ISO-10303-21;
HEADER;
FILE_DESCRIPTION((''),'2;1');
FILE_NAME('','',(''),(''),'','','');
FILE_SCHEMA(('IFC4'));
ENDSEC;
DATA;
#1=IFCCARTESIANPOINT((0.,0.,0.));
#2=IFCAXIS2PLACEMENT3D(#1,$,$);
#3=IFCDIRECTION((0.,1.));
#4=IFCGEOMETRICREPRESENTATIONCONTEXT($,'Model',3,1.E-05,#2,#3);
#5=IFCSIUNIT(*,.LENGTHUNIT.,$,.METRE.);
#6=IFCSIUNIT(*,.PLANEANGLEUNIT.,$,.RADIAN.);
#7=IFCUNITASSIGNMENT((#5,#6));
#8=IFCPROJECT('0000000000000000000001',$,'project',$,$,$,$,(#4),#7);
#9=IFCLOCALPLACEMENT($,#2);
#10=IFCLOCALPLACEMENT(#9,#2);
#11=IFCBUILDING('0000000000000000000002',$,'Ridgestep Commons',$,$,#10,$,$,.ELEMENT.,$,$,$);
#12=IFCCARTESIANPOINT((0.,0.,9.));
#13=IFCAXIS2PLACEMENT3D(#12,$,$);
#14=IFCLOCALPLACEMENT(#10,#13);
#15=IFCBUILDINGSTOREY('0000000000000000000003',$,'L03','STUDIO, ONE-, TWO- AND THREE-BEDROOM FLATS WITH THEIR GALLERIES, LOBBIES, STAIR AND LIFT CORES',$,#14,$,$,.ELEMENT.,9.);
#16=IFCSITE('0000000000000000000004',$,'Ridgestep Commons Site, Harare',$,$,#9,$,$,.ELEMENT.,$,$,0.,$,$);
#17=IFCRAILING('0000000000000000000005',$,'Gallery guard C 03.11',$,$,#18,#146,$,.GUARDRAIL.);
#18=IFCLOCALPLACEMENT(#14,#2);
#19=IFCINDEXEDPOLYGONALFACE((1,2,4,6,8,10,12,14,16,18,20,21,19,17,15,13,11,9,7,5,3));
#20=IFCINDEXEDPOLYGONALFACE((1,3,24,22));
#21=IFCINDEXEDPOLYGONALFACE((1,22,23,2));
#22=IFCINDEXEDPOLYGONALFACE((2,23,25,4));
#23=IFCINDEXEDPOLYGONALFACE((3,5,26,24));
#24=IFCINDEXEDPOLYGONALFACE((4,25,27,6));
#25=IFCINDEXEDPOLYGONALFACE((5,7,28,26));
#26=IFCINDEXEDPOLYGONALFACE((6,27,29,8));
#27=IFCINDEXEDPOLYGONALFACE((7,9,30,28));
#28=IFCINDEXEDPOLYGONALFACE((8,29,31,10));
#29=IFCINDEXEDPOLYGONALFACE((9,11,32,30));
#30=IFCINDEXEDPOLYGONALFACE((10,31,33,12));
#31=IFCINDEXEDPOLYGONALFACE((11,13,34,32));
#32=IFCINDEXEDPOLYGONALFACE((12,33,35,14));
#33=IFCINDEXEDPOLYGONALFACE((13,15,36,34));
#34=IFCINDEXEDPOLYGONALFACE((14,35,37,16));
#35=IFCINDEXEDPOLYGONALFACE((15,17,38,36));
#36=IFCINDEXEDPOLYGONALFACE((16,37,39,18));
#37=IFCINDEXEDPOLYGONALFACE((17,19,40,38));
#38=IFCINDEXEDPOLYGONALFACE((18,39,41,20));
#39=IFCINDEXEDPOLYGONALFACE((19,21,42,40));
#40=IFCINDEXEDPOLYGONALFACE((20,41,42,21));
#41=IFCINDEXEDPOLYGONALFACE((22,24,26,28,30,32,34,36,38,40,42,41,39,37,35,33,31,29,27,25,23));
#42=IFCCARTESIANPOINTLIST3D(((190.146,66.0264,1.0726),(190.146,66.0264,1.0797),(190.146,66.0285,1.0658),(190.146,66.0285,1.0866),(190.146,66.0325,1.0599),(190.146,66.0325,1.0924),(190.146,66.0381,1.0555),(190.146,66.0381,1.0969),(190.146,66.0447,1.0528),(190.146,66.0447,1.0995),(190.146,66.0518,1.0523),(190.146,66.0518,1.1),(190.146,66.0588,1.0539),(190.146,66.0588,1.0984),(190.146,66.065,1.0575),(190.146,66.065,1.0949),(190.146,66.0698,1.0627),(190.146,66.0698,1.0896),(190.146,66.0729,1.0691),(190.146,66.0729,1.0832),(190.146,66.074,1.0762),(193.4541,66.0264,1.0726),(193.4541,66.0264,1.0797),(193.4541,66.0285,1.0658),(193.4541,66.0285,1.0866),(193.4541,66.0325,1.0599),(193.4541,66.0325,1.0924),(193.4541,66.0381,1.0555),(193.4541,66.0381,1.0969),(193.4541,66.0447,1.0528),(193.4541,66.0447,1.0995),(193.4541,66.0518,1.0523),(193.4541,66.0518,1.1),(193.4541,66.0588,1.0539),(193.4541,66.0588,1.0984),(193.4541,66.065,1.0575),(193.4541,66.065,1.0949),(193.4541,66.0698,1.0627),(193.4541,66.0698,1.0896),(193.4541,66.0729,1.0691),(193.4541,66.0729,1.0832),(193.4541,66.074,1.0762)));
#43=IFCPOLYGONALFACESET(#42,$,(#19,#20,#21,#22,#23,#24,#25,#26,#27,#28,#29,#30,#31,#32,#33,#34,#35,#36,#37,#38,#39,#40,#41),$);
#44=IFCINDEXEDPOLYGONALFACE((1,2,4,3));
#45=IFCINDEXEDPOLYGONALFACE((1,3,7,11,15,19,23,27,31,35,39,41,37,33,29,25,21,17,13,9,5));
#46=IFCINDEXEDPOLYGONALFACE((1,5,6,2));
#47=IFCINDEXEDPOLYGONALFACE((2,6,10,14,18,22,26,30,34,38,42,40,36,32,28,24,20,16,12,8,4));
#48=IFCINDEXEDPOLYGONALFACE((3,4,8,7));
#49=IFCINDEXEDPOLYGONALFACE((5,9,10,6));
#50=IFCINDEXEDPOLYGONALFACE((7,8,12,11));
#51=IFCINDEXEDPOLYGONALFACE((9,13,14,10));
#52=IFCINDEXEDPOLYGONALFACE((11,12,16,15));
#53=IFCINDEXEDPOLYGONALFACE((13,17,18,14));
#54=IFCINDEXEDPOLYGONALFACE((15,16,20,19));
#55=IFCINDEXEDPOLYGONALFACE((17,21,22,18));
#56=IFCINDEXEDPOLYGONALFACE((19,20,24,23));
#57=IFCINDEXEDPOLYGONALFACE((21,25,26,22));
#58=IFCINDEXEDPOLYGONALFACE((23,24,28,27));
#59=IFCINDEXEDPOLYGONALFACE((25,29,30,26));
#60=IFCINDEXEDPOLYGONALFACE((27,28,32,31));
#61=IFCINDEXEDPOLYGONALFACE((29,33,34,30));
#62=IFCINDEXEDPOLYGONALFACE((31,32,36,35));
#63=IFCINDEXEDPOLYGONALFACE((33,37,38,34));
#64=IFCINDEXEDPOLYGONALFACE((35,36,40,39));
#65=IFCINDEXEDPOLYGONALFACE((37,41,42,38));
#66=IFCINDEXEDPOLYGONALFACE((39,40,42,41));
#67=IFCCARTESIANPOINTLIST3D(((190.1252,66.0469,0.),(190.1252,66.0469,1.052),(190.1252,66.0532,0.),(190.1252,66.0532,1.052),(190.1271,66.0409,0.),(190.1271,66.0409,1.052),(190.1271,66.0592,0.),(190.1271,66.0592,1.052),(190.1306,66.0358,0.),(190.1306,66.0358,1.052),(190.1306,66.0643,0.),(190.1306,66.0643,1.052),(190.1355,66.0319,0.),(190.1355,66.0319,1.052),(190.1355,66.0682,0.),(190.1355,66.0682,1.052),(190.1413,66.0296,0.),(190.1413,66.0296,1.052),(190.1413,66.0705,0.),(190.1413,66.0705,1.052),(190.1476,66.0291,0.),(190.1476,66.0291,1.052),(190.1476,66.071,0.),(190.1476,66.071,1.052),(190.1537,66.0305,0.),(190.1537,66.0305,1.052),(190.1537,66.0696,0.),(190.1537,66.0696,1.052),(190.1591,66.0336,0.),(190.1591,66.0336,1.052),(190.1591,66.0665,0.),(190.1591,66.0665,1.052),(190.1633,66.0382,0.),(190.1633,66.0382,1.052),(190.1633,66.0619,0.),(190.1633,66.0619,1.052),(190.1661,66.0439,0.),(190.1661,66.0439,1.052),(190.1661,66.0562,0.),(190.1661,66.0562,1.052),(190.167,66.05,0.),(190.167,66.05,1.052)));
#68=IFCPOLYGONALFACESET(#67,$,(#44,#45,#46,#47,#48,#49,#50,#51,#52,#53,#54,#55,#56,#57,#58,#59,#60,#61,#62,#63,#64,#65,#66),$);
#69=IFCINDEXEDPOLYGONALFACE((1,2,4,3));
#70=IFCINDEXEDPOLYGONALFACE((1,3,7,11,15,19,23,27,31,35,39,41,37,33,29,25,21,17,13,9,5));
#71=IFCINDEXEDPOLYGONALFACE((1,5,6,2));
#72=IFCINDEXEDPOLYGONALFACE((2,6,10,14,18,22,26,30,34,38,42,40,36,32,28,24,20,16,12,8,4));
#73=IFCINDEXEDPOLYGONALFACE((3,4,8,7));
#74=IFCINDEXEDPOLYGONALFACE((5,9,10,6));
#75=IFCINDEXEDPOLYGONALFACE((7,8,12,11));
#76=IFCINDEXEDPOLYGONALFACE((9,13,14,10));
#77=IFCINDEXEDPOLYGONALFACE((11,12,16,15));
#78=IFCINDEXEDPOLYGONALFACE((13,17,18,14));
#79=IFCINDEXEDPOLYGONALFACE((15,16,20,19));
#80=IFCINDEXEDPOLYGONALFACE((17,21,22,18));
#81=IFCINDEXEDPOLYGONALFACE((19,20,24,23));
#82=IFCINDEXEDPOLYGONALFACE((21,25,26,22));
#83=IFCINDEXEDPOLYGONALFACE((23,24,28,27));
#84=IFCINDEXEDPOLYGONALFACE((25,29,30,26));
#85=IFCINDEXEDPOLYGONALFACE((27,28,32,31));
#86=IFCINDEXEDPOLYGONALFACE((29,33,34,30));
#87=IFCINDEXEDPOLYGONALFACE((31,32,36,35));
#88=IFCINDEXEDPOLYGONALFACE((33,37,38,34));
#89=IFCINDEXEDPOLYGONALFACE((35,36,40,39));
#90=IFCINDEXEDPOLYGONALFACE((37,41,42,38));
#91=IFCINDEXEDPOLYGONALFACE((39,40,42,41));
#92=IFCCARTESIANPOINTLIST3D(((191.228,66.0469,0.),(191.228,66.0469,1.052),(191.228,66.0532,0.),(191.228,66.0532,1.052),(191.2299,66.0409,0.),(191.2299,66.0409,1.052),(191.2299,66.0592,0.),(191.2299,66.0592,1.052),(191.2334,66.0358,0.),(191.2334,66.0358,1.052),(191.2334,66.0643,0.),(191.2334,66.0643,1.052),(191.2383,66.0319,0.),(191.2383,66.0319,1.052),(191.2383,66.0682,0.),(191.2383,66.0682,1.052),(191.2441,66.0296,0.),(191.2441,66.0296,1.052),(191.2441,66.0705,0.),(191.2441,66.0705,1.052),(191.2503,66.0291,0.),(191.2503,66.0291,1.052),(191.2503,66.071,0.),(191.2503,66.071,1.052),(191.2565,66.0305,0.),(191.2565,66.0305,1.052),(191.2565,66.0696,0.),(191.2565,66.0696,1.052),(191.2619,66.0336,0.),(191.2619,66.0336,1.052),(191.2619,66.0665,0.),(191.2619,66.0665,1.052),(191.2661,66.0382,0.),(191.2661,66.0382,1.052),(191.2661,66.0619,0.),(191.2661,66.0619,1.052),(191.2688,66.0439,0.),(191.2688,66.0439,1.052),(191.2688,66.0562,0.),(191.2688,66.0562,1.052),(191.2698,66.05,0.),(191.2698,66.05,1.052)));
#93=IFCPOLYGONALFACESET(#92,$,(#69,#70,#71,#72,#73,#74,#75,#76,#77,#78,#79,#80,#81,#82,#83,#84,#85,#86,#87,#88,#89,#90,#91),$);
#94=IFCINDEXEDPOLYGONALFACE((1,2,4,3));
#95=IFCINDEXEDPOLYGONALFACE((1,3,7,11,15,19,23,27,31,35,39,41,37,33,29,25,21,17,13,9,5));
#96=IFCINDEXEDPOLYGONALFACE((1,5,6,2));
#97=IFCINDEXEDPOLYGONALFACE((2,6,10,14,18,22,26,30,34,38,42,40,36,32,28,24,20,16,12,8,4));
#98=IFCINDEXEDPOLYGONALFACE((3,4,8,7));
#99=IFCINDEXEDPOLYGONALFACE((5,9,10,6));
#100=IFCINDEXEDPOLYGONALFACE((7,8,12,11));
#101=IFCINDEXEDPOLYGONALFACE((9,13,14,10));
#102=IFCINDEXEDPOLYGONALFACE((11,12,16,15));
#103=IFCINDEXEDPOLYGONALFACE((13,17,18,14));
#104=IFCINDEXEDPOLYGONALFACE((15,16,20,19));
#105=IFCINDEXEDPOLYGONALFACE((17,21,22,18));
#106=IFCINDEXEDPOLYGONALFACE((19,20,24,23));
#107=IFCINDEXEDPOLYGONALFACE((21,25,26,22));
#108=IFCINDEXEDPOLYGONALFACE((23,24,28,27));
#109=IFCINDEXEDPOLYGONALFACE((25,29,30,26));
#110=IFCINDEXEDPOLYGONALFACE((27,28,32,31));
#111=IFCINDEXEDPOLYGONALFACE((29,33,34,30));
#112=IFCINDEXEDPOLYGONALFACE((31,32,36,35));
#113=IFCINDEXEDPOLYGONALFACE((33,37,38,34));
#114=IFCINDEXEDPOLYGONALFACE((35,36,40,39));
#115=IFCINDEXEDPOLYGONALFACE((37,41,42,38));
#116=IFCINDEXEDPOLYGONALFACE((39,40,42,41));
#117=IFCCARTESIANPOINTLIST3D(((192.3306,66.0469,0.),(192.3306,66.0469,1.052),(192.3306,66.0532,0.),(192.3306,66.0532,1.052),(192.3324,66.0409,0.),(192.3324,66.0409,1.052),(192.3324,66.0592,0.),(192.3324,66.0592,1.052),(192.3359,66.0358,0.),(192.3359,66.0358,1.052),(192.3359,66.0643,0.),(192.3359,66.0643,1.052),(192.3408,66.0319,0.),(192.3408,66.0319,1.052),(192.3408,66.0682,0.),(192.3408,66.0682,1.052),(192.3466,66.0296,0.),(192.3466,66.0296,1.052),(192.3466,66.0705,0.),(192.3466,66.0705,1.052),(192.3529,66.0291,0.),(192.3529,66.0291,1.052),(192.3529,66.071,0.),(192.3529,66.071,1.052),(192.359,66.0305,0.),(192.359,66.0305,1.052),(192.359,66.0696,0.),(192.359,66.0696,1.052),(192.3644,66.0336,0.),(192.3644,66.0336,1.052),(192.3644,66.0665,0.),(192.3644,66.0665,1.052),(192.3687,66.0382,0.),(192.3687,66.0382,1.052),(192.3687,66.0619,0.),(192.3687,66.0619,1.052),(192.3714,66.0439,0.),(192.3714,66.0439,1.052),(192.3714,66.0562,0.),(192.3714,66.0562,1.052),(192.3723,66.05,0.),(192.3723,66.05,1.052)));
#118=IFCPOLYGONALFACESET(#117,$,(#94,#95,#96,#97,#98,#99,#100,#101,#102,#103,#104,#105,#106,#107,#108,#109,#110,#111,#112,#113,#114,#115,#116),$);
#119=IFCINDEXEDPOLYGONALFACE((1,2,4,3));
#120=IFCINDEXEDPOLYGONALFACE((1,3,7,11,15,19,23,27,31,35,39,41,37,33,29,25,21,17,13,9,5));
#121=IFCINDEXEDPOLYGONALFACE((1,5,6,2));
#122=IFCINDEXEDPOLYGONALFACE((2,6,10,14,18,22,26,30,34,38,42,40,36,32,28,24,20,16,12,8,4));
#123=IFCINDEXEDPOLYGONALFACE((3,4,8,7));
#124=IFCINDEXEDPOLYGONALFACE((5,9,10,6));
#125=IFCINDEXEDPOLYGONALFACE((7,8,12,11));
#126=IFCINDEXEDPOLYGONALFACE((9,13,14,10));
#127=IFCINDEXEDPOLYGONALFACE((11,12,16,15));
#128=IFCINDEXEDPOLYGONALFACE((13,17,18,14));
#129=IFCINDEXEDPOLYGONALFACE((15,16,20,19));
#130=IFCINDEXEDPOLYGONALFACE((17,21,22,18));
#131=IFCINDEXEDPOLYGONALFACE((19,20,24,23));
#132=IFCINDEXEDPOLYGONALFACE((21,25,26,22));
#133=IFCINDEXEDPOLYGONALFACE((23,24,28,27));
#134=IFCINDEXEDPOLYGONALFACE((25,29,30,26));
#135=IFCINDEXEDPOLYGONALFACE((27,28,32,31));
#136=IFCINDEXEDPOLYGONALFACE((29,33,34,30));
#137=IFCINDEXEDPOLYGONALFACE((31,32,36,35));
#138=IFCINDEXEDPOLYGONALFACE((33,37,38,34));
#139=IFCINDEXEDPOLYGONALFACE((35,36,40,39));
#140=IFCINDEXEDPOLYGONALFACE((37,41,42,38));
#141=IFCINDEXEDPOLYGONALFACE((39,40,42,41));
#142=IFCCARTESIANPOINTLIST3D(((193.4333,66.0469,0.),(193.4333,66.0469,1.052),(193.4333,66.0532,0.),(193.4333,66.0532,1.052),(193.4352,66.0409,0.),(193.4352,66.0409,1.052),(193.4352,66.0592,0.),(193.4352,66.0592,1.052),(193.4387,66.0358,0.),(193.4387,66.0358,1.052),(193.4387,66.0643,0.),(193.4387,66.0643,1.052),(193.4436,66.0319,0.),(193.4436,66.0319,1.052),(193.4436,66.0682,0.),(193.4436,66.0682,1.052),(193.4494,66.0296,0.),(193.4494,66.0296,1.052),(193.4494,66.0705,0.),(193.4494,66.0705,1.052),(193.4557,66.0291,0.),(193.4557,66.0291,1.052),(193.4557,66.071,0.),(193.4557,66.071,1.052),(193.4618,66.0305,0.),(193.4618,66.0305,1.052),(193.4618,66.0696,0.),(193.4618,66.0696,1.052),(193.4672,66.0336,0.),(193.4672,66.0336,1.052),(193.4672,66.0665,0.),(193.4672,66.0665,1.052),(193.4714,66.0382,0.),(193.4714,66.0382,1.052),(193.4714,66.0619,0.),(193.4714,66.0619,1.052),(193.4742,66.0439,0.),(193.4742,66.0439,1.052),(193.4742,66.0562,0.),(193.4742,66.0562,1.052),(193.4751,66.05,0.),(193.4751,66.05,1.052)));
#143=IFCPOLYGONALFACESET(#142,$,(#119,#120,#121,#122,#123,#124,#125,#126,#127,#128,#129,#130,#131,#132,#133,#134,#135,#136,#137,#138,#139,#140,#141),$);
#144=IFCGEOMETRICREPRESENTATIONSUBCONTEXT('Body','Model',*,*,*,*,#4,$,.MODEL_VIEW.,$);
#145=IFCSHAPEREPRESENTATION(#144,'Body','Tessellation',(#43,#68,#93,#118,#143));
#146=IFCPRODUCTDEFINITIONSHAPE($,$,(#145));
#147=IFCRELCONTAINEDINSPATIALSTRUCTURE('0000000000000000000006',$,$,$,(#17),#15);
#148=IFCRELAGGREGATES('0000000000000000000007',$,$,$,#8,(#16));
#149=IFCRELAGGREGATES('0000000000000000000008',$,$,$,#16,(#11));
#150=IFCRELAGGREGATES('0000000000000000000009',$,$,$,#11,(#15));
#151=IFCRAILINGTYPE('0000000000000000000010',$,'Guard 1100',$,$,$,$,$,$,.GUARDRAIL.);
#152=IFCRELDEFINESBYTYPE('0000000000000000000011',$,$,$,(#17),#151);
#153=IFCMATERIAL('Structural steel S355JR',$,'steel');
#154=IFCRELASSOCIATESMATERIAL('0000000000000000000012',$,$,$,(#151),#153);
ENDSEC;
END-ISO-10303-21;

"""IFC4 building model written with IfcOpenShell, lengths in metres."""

from ifc_helpers import new_model, si_unit, direction, frame, origin, origin_2d, place, context, subcontext, project, spatial, circle, extrude, material, type_object, element, save


model = new_model("IFC4")

# Units and contexts
model_context = context("Model", 3, precision=1e-05, world=origin(), true_north=direction((0.0, 1.0)))
body_context = subcontext(model_context, "Body", "Model", "MODEL_VIEW")
ifc_project = project(units=[si_unit("LENGTHUNIT", "METRE"), si_unit("PLANEANGLEUNIT", "RADIAN")], contexts=[model_context])

# Site, building, storey
site_placement = place(None, origin())
site = spatial("IfcSite", under=ifc_project, at=site_placement, Name="Ridgestep Commons Site, Harare", CompositionType="ELEMENT", RefElevation=0.0)
building_placement = place(site_placement, origin())
building = spatial("IfcBuilding", under=site, at=building_placement, Name="Ridgestep Commons", CompositionType="ELEMENT")
storey_placement = place(building_placement, frame((0.0, 0.0, 9.0)))
storey = spatial("IfcBuildingStorey", under=building, at=storey_placement, Name="L03", Description="STUDIO, ONE-, TWO- AND THREE-BEDROOM FLATS WITH THEIR GALLERIES, LOBBIES, STAIR AND LIFT CORES", CompositionType="ELEMENT", Elevation=9.0)

# Railing
ifc_material_1 = material(Name="Structural steel S355JR", Category="steel")
railing_type = type_object("IfcRailingType", Name="Guard 1100", PredefinedType="GUARDRAIL", material=ifc_material_1)
railing_1_placement = place(storey_placement, frame((190.146, 66.05, 0.0)))
element("IfcRailing", 1, at=railing_1_placement, inside=storey, type_object=railing_type, Name="Gallery guard C 03.11", PredefinedType="GUARDRAIL", context=body_context, shape_type="SweptSolid", body=[
    extrude(circle(Radius=0.0239, at=origin_2d()), frame((0.0, 0.0, 1.0762), z_axis=(1.0, 0.0, 0.0), x_axis=(0.0, 1.0, 0.0)), (0.0, 0.0, 1.0), 3.3081),
    extrude(circle(Radius=0.021, at=origin_2d()), origin(), (0.0, 0.0, 1.0), 1.052),
    extrude(circle(Radius=0.021, at=origin_2d()), frame((1.1028, 0.0, 0.0)), (0.0, 0.0, 1.0), 1.052),
    extrude(circle(Radius=0.021, at=origin_2d()), frame((2.2053, 0.0, 0.0)), (0.0, 0.0, 1.0), 1.052),
    extrude(circle(Radius=0.021, at=origin_2d()), frame((3.3081, 0.0, 0.0)), (0.0, 0.0, 1.0), 1.052),
])

save(model, "model.ifc")
